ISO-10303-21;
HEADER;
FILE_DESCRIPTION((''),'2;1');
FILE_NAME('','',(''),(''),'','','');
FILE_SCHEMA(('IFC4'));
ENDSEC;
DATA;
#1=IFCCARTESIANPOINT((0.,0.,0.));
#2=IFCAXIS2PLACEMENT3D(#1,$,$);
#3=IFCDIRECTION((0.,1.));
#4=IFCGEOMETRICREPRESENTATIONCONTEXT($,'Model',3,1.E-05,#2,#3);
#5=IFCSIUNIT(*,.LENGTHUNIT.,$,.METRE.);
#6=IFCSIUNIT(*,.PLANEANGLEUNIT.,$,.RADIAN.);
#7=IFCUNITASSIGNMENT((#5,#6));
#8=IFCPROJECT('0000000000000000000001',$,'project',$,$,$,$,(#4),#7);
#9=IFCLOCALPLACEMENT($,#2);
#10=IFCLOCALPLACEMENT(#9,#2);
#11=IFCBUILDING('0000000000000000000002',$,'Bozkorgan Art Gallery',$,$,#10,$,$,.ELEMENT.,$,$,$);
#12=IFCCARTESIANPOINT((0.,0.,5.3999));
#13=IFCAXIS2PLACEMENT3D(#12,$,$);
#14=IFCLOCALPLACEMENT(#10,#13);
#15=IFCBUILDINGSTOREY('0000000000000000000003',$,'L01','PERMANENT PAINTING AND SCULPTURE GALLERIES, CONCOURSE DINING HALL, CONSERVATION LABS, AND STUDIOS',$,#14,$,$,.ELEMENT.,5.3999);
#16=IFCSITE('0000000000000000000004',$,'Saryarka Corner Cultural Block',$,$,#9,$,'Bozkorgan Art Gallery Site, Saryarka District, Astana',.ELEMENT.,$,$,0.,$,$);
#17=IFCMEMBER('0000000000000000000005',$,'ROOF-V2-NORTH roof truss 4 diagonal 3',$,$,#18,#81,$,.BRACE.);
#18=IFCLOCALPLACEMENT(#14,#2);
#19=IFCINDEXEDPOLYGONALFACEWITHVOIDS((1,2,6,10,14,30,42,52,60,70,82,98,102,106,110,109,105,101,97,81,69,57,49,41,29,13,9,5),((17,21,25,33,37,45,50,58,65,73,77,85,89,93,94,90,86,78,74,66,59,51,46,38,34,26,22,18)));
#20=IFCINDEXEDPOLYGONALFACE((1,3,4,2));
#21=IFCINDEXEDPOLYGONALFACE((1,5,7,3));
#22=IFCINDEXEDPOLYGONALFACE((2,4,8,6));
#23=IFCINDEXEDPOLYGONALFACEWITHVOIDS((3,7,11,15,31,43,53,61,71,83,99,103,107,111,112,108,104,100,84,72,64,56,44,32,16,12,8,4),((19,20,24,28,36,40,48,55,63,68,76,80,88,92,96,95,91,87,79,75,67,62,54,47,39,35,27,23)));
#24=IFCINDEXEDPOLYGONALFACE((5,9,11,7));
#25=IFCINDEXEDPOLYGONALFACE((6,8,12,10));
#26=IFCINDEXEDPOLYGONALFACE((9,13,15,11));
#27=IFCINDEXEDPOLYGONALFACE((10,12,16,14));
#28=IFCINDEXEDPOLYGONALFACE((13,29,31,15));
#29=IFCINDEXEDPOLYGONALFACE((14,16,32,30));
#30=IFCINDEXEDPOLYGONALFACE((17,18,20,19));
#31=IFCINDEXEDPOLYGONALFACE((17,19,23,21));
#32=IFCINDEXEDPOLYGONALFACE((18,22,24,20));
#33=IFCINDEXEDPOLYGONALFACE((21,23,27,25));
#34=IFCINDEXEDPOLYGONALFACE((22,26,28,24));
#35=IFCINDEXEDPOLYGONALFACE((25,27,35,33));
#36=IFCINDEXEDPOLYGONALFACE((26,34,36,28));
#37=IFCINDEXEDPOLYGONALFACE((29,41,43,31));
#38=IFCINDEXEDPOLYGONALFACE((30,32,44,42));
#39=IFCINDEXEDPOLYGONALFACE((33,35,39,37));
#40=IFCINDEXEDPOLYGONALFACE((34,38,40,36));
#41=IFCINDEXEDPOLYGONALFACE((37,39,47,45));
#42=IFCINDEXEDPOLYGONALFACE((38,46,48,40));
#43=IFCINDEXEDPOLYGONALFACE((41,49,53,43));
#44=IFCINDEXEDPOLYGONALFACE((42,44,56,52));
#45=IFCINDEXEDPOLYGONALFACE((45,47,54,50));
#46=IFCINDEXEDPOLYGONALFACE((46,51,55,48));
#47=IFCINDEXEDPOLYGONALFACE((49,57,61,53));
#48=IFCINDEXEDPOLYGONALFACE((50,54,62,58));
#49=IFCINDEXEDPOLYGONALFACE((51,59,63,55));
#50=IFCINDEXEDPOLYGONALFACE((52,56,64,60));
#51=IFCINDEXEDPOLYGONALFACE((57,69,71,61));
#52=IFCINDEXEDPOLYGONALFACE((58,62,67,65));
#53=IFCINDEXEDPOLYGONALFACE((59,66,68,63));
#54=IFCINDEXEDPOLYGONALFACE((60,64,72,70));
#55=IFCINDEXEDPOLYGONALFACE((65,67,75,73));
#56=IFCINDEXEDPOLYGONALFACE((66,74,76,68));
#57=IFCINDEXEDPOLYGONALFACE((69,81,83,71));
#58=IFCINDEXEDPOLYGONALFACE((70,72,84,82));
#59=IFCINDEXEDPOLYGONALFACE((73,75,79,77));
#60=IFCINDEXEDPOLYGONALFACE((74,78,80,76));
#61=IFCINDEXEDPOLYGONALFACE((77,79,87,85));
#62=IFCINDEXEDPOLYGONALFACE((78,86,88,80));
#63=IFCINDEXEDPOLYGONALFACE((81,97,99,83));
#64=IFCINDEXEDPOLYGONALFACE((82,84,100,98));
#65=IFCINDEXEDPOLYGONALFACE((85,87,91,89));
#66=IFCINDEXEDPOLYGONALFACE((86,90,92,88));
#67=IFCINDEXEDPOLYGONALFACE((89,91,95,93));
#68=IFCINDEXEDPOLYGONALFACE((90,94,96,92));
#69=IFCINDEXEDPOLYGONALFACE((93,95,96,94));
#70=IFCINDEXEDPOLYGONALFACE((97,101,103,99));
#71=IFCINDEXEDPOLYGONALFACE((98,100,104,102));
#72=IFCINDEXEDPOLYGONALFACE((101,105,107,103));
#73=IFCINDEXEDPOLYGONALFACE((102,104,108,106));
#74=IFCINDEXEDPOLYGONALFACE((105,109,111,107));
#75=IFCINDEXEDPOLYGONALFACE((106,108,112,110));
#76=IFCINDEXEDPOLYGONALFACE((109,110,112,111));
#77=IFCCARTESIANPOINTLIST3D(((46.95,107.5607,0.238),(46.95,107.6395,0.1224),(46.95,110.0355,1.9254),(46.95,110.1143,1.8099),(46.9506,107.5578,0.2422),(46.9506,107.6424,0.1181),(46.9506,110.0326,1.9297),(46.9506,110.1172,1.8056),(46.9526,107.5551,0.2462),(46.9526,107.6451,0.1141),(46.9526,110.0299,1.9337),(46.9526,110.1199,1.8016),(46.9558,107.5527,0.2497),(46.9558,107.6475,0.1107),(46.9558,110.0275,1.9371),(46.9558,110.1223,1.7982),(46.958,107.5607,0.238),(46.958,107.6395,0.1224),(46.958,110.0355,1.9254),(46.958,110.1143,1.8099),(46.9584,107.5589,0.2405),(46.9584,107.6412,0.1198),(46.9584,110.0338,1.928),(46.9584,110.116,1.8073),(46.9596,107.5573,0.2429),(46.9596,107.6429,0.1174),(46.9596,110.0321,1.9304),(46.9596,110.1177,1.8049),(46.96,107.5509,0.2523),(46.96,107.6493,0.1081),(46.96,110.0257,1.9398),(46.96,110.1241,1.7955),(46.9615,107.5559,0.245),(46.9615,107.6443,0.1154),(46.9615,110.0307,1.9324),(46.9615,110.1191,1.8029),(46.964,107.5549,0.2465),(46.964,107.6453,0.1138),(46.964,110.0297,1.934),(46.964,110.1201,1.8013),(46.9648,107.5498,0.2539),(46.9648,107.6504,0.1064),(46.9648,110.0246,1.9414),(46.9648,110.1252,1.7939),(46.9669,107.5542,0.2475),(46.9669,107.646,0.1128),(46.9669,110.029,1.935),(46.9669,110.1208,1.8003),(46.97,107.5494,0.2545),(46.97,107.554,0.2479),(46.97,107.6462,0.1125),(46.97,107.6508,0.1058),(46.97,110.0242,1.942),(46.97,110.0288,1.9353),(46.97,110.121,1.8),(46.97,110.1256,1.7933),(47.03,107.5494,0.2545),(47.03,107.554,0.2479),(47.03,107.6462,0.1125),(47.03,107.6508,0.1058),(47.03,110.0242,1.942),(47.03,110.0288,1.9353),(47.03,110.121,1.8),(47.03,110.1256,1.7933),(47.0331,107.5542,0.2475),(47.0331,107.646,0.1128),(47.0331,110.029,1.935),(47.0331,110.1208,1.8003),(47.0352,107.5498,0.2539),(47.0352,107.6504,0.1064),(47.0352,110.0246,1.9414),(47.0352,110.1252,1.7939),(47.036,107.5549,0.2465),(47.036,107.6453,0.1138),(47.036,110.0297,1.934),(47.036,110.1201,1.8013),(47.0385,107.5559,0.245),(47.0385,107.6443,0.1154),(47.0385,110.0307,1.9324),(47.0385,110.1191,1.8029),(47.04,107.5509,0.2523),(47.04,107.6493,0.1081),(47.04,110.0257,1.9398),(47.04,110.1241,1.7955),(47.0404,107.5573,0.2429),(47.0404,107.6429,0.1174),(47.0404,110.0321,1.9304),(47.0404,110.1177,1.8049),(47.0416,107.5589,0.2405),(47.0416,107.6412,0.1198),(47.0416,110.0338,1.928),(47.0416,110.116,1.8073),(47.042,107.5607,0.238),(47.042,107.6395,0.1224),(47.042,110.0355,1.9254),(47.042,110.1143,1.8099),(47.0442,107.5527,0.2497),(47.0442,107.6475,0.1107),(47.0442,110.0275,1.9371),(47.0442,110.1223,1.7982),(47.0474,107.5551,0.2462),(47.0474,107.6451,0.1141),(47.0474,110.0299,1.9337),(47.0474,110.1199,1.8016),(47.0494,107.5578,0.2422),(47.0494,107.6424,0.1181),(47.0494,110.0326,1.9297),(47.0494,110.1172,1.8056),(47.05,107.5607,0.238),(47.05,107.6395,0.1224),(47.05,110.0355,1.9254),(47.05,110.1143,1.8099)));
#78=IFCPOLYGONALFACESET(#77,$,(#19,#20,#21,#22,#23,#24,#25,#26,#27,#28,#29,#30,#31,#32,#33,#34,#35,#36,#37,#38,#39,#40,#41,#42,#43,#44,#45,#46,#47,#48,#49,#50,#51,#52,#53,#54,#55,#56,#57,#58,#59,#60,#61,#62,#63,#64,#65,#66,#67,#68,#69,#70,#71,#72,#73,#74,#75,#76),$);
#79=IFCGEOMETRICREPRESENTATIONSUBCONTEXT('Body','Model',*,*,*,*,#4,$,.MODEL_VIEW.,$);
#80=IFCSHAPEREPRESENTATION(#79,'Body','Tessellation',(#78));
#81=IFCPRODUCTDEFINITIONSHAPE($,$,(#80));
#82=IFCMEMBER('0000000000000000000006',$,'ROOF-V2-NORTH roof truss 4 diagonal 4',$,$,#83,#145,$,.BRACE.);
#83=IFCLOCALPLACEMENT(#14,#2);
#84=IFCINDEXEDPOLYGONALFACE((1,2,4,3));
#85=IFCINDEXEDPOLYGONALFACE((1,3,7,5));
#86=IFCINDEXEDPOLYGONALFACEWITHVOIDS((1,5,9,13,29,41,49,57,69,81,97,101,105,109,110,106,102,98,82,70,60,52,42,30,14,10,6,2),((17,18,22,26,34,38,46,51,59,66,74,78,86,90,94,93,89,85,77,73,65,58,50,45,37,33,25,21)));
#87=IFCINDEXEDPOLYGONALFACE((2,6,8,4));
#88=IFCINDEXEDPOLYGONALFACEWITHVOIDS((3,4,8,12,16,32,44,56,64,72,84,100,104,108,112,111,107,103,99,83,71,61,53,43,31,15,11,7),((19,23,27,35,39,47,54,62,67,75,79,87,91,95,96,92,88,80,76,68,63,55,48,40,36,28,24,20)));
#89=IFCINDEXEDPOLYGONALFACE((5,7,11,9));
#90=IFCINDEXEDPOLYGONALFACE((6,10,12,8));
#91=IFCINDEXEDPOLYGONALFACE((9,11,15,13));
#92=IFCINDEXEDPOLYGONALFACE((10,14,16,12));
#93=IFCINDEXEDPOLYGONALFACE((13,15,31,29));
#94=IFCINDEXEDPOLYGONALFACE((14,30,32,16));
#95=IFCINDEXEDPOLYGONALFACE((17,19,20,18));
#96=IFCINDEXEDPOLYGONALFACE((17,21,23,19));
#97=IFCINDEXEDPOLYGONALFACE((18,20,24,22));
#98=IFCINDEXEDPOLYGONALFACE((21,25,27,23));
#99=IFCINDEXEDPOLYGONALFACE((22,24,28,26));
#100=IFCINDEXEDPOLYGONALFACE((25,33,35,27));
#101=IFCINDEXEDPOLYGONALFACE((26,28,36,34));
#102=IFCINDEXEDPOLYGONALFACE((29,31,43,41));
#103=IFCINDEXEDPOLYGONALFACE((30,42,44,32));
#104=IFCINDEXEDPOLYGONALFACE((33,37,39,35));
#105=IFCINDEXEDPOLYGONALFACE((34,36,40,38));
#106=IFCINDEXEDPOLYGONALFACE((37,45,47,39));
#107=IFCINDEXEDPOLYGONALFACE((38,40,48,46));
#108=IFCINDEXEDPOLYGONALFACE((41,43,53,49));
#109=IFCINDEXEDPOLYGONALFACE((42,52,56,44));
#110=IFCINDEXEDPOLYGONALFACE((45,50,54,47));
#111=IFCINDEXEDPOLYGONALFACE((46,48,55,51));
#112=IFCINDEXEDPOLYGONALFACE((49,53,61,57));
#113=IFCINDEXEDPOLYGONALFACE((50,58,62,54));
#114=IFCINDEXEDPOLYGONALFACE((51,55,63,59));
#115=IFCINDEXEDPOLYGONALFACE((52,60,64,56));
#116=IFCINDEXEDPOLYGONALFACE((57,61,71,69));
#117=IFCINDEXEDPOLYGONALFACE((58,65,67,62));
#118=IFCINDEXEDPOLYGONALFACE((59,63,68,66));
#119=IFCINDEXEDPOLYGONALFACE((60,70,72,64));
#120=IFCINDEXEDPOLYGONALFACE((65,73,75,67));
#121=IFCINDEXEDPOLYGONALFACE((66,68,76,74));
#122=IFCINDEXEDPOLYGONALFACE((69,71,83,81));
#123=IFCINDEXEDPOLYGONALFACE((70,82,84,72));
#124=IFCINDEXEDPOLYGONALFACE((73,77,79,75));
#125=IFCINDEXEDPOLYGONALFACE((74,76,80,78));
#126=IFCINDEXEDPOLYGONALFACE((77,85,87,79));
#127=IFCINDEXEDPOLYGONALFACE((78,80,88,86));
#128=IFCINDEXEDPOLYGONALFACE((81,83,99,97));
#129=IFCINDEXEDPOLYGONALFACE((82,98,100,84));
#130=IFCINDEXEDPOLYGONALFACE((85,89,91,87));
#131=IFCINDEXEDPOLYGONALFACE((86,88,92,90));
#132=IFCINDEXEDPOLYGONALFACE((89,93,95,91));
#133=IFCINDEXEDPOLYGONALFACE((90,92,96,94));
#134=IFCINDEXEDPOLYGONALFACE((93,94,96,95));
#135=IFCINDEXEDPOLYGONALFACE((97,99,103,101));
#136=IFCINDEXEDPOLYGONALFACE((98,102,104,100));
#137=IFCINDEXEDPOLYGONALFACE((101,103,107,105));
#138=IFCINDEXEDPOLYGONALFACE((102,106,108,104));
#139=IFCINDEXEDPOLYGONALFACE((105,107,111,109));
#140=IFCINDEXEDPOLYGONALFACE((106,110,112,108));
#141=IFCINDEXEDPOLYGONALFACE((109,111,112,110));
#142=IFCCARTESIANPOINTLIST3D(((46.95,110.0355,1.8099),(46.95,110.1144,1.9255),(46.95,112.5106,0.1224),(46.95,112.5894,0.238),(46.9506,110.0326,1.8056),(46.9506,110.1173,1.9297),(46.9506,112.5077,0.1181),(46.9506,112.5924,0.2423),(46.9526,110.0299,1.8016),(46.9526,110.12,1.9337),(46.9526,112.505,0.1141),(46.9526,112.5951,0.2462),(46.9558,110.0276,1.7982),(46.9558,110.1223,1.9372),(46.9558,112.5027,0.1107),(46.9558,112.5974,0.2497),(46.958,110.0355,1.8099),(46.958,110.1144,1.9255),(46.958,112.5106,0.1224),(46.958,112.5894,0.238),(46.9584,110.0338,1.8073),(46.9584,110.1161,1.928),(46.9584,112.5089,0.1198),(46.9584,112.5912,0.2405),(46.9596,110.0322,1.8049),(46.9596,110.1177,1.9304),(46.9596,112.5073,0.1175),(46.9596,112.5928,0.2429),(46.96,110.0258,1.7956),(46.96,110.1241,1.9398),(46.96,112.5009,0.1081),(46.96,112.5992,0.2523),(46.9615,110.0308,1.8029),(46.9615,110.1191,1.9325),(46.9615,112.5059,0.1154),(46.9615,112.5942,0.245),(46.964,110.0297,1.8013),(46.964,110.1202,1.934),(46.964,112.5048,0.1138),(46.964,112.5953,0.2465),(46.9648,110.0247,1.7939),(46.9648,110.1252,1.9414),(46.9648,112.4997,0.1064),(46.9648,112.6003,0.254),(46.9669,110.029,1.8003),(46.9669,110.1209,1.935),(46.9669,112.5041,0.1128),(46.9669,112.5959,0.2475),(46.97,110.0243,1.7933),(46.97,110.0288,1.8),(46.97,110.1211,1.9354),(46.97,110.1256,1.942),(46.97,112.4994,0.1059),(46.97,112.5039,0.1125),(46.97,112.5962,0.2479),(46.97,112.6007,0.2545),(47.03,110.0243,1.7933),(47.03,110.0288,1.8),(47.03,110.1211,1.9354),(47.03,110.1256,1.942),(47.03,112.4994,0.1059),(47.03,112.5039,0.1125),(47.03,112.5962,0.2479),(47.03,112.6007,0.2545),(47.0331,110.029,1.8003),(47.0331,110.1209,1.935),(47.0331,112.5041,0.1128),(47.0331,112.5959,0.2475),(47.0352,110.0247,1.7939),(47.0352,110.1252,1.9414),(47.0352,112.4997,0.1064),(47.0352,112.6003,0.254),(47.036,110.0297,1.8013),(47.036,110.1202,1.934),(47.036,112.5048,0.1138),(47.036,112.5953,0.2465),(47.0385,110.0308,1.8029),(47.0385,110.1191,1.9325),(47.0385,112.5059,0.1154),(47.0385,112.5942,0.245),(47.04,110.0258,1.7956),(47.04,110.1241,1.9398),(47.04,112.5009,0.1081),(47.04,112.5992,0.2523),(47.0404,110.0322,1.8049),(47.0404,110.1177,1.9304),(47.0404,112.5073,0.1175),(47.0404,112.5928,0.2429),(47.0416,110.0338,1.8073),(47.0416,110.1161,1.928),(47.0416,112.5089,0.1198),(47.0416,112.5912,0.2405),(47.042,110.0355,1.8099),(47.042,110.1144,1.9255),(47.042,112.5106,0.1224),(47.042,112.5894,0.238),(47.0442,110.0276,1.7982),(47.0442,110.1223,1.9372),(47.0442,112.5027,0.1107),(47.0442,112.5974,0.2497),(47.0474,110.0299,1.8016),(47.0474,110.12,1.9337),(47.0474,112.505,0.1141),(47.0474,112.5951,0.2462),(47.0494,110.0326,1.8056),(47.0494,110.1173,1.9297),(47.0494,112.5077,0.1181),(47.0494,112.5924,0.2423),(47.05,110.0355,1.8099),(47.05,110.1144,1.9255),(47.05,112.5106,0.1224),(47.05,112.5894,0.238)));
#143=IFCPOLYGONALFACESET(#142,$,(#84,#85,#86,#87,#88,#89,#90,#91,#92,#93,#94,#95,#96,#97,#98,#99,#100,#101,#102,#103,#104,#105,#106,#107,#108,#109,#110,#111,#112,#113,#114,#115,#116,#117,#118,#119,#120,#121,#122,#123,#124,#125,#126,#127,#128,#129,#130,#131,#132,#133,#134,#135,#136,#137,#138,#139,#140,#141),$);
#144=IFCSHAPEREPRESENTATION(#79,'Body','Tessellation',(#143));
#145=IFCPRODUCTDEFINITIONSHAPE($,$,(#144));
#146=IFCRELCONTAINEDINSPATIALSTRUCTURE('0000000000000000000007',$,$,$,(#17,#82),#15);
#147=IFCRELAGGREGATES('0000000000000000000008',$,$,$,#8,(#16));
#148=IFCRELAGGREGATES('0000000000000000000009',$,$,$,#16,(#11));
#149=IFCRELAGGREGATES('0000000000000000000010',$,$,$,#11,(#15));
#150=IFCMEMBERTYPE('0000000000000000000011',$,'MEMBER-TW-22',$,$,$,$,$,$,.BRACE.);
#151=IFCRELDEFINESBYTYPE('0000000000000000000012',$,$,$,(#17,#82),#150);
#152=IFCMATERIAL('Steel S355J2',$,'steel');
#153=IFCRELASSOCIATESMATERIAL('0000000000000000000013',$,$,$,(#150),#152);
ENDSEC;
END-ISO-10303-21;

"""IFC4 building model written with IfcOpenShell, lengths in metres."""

from ifc_helpers import new_model, si_unit, direction, frame, origin, origin_2d, place, context, subcontext, project, spatial, hollow_rectangle, extrude, material, material_profile, profile_set, type_object, element, save


model = new_model("IFC4")

# Units and contexts
model_context = context("Model", 3, precision=1e-05, world=origin(), true_north=direction((0.0, 1.0)))
body_context = subcontext(model_context, "Body", "Model", "MODEL_VIEW")
ifc_project = project(units=[si_unit("LENGTHUNIT", "METRE"), si_unit("PLANEANGLEUNIT", "RADIAN")], contexts=[model_context])

# Site, building, storey
site_placement = place(None, origin())
site = spatial("IfcSite", under=ifc_project, at=site_placement, Name="Saryarka Corner Cultural Block", LongName="Bozkorgan Art Gallery Site, Saryarka District, Astana", CompositionType="ELEMENT", RefElevation=0.0)
building_placement = place(site_placement, origin())
building = spatial("IfcBuilding", under=site, at=building_placement, Name="Bozkorgan Art Gallery", CompositionType="ELEMENT")
storey_placement = place(building_placement, frame((0.0, 0.0, 5.3999)))
storey = spatial("IfcBuildingStorey", under=building, at=storey_placement, Name="L01", Description="PERMANENT PAINTING AND SCULPTURE GALLERIES, CONCOURSE DINING HALL, CONSERVATION LABS, AND STUDIOS", CompositionType="ELEMENT", Elevation=5.3999)

# Members
ifc_material_1 = material(Name="Steel S355J2", Category="steel")
ifc_material_profile_1 = material_profile(ifc_material_1, hollow_rectangle(XDim=0.1001, YDim=0.1799, WallThickness=0.0081, InnerFilletRadius=0.012, OuterFilletRadius=0.02, at=origin_2d()), Name="RHS 180x100x8")
ifc_profile_set_1 = profile_set([ifc_material_profile_1], Name="Steel S355J2")
member_type_1 = type_object("IfcMemberType", Name="MEMBER-TW-22", PredefinedType="BRACE", material=ifc_profile_set_1)
member_1_placement = place(storey_placement, frame((47.0, 107.6001, 0.1802), z_axis=(0.0, 0.826212, 0.56336), x_axis=(-1.0, 0.0, 0.0)))
element("IfcMember", 1, at=member_1_placement, inside=storey, type_object=member_type_1, Name="ROOF-V2-NORTH roof truss 4 diagonal 3", PredefinedType="BRACE", context=body_context, shape_type="SweptSolid", body=[
    extrude(hollow_rectangle(XDim=0.1001, YDim=0.1799, WallThickness=0.0081, InnerFilletRadius=0.012, OuterFilletRadius=0.02, at=origin_2d()), origin(), (0.0, 0.0, 1.0), 2.9954),
])
member_2_placement = place(storey_placement, frame((47.0, 110.075, 1.8677), z_axis=(0.0, 0.826238, -0.563322), x_axis=(-1.0, 0.0, 0.0)))
element("IfcMember", 2, at=member_2_placement, inside=storey, type_object=member_type_1, Name="ROOF-V2-NORTH roof truss 4 diagonal 4", PredefinedType="BRACE", context=body_context, shape_type="SweptSolid", body=[
    extrude(hollow_rectangle(XDim=0.1001, YDim=0.1799, WallThickness=0.0081, InnerFilletRadius=0.012, OuterFilletRadius=0.02, at=origin_2d()), origin(), (0.0, 0.0, 1.0), 2.9956),
])

save(model, "model.ifc")
